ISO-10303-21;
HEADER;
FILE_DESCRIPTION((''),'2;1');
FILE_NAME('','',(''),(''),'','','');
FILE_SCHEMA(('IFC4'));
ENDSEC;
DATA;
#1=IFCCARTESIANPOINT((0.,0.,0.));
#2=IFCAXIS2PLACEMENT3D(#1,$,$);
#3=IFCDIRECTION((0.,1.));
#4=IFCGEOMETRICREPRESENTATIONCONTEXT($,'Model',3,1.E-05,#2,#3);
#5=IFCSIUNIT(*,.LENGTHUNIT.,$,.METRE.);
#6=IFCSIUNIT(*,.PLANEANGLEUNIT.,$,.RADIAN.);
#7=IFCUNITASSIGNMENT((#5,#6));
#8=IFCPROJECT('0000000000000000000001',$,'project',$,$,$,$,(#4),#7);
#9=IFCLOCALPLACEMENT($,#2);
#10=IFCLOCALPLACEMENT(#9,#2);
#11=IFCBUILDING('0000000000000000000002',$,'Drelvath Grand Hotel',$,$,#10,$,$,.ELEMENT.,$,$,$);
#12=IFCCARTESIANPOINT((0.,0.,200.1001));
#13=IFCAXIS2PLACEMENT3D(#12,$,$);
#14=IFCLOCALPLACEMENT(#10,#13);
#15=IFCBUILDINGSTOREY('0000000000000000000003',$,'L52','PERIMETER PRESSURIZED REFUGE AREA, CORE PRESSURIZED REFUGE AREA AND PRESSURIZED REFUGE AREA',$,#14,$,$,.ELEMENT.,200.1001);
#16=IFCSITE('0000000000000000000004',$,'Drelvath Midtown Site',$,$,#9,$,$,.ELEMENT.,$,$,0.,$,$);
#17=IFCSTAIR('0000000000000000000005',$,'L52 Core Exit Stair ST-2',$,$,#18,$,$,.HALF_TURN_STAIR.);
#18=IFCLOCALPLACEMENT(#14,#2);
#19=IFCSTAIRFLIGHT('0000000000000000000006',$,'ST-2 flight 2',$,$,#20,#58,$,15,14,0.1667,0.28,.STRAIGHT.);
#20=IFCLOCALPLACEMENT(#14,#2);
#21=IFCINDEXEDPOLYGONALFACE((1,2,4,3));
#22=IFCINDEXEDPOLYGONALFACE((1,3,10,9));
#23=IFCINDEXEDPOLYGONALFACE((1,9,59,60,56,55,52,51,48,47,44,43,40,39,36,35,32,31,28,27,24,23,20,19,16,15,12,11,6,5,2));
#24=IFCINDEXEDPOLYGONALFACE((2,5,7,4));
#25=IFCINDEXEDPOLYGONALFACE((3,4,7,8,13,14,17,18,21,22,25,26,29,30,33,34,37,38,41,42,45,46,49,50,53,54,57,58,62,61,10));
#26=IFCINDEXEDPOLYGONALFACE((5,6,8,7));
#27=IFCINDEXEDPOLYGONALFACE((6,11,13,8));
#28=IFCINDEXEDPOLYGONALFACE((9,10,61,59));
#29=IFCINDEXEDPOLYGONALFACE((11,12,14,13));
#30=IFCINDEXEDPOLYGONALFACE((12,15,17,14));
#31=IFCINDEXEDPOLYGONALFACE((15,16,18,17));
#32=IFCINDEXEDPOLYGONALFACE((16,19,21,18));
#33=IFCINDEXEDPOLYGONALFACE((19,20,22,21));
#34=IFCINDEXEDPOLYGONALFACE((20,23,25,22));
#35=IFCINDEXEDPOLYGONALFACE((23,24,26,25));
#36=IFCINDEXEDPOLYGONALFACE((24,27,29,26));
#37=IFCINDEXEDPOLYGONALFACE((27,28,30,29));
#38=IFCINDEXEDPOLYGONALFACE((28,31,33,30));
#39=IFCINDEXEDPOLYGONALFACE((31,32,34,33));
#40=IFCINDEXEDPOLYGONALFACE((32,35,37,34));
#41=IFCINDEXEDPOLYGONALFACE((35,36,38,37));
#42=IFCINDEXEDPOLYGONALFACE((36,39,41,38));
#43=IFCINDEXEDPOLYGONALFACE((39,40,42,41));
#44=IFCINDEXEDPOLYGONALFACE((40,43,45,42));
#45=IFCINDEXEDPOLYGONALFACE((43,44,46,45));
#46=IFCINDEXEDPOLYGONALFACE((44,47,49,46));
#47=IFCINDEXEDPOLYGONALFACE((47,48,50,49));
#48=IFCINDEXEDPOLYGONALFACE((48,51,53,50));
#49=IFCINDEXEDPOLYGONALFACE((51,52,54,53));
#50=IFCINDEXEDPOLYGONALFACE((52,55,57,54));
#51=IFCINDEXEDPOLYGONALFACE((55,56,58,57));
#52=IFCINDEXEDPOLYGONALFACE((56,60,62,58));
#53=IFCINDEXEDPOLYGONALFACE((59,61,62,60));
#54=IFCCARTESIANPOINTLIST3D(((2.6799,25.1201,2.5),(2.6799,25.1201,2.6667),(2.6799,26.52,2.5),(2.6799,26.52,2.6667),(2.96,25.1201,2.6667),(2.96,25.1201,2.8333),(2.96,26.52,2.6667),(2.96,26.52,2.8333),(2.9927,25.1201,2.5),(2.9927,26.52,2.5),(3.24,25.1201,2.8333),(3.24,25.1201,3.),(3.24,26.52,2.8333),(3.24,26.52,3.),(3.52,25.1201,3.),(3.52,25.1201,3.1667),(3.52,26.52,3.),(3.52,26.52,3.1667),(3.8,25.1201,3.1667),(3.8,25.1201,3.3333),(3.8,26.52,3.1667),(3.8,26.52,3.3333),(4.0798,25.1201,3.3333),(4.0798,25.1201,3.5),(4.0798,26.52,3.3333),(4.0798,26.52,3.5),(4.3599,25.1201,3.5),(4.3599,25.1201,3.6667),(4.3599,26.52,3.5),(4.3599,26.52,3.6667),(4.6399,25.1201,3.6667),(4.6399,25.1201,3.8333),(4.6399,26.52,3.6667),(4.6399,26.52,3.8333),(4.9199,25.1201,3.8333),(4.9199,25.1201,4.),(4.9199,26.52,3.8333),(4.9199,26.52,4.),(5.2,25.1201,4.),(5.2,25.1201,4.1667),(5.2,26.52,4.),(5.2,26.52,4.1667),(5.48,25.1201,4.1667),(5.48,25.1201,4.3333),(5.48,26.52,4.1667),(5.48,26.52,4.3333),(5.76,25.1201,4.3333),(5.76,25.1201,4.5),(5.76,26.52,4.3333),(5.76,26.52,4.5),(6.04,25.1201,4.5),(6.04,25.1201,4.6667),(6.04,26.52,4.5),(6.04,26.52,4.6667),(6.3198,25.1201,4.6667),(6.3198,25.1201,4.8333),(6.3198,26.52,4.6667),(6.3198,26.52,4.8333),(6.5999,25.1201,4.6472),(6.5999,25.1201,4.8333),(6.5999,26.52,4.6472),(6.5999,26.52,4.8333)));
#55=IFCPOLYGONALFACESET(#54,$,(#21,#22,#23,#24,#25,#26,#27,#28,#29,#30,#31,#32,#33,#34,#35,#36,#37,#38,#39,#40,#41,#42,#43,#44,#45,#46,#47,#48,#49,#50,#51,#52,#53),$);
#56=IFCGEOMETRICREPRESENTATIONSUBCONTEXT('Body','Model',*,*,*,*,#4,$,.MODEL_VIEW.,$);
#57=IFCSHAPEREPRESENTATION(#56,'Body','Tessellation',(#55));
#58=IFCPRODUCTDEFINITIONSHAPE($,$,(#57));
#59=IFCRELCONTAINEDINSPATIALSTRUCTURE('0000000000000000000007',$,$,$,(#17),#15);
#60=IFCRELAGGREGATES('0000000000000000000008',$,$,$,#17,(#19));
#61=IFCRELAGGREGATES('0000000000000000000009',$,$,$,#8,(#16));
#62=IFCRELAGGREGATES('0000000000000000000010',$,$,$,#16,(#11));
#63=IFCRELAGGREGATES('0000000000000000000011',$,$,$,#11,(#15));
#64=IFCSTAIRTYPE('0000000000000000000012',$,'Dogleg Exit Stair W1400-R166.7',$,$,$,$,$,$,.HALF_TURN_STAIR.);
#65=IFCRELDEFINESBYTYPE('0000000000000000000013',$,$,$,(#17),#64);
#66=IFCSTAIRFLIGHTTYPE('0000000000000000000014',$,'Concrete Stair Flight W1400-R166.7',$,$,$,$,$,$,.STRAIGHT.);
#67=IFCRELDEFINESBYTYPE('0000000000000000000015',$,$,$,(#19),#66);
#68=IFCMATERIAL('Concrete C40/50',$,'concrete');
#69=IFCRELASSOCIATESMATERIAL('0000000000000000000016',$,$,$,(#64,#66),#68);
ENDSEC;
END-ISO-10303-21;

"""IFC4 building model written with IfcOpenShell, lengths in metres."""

from ifc_helpers import new_model, si_unit, direction, frame, origin, place, context, subcontext, project, spatial, polyline, outline, extrude, material, type_object, element, aggregate, save


model = new_model("IFC4")

# Units and contexts
model_context = context("Model", 3, precision=1e-05, world=origin(), true_north=direction((0.0, 1.0)))
body_context = subcontext(model_context, "Body", "Model", "MODEL_VIEW")
ifc_project = project(units=[si_unit("LENGTHUNIT", "METRE"), si_unit("PLANEANGLEUNIT", "RADIAN")], contexts=[model_context])

# Site, building, storey
site_placement = place(None, origin())
site = spatial("IfcSite", under=ifc_project, at=site_placement, Name="Drelvath Midtown Site", CompositionType="ELEMENT", RefElevation=0.0)
building_placement = place(site_placement, origin())
building = spatial("IfcBuilding", under=site, at=building_placement, Name="Drelvath Grand Hotel", CompositionType="ELEMENT")
storey_placement = place(building_placement, frame((0.0, 0.0, 200.1001)))
storey = spatial("IfcBuildingStorey", under=building, at=storey_placement, Name="L52", Description="PERIMETER PRESSURIZED REFUGE AREA, CORE PRESSURIZED REFUGE AREA AND PRESSURIZED REFUGE AREA", CompositionType="ELEMENT", Elevation=200.1001)

# Shared definitions
ifc_material_1 = material(Name="Concrete C40/50", Category="concrete")

# Stair, stair flight
stair_type = type_object("IfcStairType", Name="Dogleg Exit Stair W1400-R166.7", PredefinedType="HALF_TURN_STAIR", material=ifc_material_1)
stair_placement = place(storey_placement, origin())
stair = element("IfcStair", 1, at=stair_placement, inside=storey, type_object=stair_type, Name="L52 Core Exit Stair ST-2", PredefinedType="HALF_TURN_STAIR")
stair_flight_type = type_object("IfcStairFlightType", Name="Concrete Stair Flight W1400-R166.7", PredefinedType="STRAIGHT", material=ifc_material_1)
stair_flight_placement = place(storey_placement, frame((2.6799, 25.8201, 2.5), z_axis=(0.0, 0.0, 1.0), x_axis=(1.0, 0.0, 0.0)))
stair_flight = element("IfcStairFlight", 2, at=stair_flight_placement, type_object=stair_flight_type, Name="ST-2 flight 2", NumberOfRisers=15, NumberOfTreads=14, PredefinedType="STRAIGHT", RiserHeight=0.1667, TreadLength=0.28, context=body_context, shape_type="SweptSolid", body=[
    extrude(outline(polyline([(0.0, 0.0), (0.0, 0.1667), (0.28, 0.1667), (0.28, 0.3333), (0.5601, 0.3333), (0.5601, 0.5), (0.8401, 0.5), (0.8401, 0.6667), (1.1201, 0.6667), (1.1201, 0.8333), (1.3999, 0.8333), (1.3999, 1.0), (1.6799, 1.0), (1.6799, 1.1667), (1.96, 1.1667), (1.96, 1.3333), (2.24, 1.3333), (2.24, 1.5), (2.52, 1.5), (2.52, 1.6667), (2.8, 1.6667), (2.8, 1.8333), (3.0801, 1.8333), (3.0801, 2.0), (3.3601, 2.0), (3.3601, 2.1667), (3.6399, 2.1667), (3.6399, 2.3333), (3.9199, 2.3333), (3.9199, 2.5), (3.9199, 2.1472), (0.3127, 0.0), (0.0, 0.0)])), frame((0.0, 0.7, 0.0), z_axis=(0.0, -1.0, 0.0), x_axis=(1.0, 0.0, 0.0)), (0.0, 0.0, 1.0), 1.3999),
])
aggregate(stair, [stair_flight])

save(model, "model.ifc")
